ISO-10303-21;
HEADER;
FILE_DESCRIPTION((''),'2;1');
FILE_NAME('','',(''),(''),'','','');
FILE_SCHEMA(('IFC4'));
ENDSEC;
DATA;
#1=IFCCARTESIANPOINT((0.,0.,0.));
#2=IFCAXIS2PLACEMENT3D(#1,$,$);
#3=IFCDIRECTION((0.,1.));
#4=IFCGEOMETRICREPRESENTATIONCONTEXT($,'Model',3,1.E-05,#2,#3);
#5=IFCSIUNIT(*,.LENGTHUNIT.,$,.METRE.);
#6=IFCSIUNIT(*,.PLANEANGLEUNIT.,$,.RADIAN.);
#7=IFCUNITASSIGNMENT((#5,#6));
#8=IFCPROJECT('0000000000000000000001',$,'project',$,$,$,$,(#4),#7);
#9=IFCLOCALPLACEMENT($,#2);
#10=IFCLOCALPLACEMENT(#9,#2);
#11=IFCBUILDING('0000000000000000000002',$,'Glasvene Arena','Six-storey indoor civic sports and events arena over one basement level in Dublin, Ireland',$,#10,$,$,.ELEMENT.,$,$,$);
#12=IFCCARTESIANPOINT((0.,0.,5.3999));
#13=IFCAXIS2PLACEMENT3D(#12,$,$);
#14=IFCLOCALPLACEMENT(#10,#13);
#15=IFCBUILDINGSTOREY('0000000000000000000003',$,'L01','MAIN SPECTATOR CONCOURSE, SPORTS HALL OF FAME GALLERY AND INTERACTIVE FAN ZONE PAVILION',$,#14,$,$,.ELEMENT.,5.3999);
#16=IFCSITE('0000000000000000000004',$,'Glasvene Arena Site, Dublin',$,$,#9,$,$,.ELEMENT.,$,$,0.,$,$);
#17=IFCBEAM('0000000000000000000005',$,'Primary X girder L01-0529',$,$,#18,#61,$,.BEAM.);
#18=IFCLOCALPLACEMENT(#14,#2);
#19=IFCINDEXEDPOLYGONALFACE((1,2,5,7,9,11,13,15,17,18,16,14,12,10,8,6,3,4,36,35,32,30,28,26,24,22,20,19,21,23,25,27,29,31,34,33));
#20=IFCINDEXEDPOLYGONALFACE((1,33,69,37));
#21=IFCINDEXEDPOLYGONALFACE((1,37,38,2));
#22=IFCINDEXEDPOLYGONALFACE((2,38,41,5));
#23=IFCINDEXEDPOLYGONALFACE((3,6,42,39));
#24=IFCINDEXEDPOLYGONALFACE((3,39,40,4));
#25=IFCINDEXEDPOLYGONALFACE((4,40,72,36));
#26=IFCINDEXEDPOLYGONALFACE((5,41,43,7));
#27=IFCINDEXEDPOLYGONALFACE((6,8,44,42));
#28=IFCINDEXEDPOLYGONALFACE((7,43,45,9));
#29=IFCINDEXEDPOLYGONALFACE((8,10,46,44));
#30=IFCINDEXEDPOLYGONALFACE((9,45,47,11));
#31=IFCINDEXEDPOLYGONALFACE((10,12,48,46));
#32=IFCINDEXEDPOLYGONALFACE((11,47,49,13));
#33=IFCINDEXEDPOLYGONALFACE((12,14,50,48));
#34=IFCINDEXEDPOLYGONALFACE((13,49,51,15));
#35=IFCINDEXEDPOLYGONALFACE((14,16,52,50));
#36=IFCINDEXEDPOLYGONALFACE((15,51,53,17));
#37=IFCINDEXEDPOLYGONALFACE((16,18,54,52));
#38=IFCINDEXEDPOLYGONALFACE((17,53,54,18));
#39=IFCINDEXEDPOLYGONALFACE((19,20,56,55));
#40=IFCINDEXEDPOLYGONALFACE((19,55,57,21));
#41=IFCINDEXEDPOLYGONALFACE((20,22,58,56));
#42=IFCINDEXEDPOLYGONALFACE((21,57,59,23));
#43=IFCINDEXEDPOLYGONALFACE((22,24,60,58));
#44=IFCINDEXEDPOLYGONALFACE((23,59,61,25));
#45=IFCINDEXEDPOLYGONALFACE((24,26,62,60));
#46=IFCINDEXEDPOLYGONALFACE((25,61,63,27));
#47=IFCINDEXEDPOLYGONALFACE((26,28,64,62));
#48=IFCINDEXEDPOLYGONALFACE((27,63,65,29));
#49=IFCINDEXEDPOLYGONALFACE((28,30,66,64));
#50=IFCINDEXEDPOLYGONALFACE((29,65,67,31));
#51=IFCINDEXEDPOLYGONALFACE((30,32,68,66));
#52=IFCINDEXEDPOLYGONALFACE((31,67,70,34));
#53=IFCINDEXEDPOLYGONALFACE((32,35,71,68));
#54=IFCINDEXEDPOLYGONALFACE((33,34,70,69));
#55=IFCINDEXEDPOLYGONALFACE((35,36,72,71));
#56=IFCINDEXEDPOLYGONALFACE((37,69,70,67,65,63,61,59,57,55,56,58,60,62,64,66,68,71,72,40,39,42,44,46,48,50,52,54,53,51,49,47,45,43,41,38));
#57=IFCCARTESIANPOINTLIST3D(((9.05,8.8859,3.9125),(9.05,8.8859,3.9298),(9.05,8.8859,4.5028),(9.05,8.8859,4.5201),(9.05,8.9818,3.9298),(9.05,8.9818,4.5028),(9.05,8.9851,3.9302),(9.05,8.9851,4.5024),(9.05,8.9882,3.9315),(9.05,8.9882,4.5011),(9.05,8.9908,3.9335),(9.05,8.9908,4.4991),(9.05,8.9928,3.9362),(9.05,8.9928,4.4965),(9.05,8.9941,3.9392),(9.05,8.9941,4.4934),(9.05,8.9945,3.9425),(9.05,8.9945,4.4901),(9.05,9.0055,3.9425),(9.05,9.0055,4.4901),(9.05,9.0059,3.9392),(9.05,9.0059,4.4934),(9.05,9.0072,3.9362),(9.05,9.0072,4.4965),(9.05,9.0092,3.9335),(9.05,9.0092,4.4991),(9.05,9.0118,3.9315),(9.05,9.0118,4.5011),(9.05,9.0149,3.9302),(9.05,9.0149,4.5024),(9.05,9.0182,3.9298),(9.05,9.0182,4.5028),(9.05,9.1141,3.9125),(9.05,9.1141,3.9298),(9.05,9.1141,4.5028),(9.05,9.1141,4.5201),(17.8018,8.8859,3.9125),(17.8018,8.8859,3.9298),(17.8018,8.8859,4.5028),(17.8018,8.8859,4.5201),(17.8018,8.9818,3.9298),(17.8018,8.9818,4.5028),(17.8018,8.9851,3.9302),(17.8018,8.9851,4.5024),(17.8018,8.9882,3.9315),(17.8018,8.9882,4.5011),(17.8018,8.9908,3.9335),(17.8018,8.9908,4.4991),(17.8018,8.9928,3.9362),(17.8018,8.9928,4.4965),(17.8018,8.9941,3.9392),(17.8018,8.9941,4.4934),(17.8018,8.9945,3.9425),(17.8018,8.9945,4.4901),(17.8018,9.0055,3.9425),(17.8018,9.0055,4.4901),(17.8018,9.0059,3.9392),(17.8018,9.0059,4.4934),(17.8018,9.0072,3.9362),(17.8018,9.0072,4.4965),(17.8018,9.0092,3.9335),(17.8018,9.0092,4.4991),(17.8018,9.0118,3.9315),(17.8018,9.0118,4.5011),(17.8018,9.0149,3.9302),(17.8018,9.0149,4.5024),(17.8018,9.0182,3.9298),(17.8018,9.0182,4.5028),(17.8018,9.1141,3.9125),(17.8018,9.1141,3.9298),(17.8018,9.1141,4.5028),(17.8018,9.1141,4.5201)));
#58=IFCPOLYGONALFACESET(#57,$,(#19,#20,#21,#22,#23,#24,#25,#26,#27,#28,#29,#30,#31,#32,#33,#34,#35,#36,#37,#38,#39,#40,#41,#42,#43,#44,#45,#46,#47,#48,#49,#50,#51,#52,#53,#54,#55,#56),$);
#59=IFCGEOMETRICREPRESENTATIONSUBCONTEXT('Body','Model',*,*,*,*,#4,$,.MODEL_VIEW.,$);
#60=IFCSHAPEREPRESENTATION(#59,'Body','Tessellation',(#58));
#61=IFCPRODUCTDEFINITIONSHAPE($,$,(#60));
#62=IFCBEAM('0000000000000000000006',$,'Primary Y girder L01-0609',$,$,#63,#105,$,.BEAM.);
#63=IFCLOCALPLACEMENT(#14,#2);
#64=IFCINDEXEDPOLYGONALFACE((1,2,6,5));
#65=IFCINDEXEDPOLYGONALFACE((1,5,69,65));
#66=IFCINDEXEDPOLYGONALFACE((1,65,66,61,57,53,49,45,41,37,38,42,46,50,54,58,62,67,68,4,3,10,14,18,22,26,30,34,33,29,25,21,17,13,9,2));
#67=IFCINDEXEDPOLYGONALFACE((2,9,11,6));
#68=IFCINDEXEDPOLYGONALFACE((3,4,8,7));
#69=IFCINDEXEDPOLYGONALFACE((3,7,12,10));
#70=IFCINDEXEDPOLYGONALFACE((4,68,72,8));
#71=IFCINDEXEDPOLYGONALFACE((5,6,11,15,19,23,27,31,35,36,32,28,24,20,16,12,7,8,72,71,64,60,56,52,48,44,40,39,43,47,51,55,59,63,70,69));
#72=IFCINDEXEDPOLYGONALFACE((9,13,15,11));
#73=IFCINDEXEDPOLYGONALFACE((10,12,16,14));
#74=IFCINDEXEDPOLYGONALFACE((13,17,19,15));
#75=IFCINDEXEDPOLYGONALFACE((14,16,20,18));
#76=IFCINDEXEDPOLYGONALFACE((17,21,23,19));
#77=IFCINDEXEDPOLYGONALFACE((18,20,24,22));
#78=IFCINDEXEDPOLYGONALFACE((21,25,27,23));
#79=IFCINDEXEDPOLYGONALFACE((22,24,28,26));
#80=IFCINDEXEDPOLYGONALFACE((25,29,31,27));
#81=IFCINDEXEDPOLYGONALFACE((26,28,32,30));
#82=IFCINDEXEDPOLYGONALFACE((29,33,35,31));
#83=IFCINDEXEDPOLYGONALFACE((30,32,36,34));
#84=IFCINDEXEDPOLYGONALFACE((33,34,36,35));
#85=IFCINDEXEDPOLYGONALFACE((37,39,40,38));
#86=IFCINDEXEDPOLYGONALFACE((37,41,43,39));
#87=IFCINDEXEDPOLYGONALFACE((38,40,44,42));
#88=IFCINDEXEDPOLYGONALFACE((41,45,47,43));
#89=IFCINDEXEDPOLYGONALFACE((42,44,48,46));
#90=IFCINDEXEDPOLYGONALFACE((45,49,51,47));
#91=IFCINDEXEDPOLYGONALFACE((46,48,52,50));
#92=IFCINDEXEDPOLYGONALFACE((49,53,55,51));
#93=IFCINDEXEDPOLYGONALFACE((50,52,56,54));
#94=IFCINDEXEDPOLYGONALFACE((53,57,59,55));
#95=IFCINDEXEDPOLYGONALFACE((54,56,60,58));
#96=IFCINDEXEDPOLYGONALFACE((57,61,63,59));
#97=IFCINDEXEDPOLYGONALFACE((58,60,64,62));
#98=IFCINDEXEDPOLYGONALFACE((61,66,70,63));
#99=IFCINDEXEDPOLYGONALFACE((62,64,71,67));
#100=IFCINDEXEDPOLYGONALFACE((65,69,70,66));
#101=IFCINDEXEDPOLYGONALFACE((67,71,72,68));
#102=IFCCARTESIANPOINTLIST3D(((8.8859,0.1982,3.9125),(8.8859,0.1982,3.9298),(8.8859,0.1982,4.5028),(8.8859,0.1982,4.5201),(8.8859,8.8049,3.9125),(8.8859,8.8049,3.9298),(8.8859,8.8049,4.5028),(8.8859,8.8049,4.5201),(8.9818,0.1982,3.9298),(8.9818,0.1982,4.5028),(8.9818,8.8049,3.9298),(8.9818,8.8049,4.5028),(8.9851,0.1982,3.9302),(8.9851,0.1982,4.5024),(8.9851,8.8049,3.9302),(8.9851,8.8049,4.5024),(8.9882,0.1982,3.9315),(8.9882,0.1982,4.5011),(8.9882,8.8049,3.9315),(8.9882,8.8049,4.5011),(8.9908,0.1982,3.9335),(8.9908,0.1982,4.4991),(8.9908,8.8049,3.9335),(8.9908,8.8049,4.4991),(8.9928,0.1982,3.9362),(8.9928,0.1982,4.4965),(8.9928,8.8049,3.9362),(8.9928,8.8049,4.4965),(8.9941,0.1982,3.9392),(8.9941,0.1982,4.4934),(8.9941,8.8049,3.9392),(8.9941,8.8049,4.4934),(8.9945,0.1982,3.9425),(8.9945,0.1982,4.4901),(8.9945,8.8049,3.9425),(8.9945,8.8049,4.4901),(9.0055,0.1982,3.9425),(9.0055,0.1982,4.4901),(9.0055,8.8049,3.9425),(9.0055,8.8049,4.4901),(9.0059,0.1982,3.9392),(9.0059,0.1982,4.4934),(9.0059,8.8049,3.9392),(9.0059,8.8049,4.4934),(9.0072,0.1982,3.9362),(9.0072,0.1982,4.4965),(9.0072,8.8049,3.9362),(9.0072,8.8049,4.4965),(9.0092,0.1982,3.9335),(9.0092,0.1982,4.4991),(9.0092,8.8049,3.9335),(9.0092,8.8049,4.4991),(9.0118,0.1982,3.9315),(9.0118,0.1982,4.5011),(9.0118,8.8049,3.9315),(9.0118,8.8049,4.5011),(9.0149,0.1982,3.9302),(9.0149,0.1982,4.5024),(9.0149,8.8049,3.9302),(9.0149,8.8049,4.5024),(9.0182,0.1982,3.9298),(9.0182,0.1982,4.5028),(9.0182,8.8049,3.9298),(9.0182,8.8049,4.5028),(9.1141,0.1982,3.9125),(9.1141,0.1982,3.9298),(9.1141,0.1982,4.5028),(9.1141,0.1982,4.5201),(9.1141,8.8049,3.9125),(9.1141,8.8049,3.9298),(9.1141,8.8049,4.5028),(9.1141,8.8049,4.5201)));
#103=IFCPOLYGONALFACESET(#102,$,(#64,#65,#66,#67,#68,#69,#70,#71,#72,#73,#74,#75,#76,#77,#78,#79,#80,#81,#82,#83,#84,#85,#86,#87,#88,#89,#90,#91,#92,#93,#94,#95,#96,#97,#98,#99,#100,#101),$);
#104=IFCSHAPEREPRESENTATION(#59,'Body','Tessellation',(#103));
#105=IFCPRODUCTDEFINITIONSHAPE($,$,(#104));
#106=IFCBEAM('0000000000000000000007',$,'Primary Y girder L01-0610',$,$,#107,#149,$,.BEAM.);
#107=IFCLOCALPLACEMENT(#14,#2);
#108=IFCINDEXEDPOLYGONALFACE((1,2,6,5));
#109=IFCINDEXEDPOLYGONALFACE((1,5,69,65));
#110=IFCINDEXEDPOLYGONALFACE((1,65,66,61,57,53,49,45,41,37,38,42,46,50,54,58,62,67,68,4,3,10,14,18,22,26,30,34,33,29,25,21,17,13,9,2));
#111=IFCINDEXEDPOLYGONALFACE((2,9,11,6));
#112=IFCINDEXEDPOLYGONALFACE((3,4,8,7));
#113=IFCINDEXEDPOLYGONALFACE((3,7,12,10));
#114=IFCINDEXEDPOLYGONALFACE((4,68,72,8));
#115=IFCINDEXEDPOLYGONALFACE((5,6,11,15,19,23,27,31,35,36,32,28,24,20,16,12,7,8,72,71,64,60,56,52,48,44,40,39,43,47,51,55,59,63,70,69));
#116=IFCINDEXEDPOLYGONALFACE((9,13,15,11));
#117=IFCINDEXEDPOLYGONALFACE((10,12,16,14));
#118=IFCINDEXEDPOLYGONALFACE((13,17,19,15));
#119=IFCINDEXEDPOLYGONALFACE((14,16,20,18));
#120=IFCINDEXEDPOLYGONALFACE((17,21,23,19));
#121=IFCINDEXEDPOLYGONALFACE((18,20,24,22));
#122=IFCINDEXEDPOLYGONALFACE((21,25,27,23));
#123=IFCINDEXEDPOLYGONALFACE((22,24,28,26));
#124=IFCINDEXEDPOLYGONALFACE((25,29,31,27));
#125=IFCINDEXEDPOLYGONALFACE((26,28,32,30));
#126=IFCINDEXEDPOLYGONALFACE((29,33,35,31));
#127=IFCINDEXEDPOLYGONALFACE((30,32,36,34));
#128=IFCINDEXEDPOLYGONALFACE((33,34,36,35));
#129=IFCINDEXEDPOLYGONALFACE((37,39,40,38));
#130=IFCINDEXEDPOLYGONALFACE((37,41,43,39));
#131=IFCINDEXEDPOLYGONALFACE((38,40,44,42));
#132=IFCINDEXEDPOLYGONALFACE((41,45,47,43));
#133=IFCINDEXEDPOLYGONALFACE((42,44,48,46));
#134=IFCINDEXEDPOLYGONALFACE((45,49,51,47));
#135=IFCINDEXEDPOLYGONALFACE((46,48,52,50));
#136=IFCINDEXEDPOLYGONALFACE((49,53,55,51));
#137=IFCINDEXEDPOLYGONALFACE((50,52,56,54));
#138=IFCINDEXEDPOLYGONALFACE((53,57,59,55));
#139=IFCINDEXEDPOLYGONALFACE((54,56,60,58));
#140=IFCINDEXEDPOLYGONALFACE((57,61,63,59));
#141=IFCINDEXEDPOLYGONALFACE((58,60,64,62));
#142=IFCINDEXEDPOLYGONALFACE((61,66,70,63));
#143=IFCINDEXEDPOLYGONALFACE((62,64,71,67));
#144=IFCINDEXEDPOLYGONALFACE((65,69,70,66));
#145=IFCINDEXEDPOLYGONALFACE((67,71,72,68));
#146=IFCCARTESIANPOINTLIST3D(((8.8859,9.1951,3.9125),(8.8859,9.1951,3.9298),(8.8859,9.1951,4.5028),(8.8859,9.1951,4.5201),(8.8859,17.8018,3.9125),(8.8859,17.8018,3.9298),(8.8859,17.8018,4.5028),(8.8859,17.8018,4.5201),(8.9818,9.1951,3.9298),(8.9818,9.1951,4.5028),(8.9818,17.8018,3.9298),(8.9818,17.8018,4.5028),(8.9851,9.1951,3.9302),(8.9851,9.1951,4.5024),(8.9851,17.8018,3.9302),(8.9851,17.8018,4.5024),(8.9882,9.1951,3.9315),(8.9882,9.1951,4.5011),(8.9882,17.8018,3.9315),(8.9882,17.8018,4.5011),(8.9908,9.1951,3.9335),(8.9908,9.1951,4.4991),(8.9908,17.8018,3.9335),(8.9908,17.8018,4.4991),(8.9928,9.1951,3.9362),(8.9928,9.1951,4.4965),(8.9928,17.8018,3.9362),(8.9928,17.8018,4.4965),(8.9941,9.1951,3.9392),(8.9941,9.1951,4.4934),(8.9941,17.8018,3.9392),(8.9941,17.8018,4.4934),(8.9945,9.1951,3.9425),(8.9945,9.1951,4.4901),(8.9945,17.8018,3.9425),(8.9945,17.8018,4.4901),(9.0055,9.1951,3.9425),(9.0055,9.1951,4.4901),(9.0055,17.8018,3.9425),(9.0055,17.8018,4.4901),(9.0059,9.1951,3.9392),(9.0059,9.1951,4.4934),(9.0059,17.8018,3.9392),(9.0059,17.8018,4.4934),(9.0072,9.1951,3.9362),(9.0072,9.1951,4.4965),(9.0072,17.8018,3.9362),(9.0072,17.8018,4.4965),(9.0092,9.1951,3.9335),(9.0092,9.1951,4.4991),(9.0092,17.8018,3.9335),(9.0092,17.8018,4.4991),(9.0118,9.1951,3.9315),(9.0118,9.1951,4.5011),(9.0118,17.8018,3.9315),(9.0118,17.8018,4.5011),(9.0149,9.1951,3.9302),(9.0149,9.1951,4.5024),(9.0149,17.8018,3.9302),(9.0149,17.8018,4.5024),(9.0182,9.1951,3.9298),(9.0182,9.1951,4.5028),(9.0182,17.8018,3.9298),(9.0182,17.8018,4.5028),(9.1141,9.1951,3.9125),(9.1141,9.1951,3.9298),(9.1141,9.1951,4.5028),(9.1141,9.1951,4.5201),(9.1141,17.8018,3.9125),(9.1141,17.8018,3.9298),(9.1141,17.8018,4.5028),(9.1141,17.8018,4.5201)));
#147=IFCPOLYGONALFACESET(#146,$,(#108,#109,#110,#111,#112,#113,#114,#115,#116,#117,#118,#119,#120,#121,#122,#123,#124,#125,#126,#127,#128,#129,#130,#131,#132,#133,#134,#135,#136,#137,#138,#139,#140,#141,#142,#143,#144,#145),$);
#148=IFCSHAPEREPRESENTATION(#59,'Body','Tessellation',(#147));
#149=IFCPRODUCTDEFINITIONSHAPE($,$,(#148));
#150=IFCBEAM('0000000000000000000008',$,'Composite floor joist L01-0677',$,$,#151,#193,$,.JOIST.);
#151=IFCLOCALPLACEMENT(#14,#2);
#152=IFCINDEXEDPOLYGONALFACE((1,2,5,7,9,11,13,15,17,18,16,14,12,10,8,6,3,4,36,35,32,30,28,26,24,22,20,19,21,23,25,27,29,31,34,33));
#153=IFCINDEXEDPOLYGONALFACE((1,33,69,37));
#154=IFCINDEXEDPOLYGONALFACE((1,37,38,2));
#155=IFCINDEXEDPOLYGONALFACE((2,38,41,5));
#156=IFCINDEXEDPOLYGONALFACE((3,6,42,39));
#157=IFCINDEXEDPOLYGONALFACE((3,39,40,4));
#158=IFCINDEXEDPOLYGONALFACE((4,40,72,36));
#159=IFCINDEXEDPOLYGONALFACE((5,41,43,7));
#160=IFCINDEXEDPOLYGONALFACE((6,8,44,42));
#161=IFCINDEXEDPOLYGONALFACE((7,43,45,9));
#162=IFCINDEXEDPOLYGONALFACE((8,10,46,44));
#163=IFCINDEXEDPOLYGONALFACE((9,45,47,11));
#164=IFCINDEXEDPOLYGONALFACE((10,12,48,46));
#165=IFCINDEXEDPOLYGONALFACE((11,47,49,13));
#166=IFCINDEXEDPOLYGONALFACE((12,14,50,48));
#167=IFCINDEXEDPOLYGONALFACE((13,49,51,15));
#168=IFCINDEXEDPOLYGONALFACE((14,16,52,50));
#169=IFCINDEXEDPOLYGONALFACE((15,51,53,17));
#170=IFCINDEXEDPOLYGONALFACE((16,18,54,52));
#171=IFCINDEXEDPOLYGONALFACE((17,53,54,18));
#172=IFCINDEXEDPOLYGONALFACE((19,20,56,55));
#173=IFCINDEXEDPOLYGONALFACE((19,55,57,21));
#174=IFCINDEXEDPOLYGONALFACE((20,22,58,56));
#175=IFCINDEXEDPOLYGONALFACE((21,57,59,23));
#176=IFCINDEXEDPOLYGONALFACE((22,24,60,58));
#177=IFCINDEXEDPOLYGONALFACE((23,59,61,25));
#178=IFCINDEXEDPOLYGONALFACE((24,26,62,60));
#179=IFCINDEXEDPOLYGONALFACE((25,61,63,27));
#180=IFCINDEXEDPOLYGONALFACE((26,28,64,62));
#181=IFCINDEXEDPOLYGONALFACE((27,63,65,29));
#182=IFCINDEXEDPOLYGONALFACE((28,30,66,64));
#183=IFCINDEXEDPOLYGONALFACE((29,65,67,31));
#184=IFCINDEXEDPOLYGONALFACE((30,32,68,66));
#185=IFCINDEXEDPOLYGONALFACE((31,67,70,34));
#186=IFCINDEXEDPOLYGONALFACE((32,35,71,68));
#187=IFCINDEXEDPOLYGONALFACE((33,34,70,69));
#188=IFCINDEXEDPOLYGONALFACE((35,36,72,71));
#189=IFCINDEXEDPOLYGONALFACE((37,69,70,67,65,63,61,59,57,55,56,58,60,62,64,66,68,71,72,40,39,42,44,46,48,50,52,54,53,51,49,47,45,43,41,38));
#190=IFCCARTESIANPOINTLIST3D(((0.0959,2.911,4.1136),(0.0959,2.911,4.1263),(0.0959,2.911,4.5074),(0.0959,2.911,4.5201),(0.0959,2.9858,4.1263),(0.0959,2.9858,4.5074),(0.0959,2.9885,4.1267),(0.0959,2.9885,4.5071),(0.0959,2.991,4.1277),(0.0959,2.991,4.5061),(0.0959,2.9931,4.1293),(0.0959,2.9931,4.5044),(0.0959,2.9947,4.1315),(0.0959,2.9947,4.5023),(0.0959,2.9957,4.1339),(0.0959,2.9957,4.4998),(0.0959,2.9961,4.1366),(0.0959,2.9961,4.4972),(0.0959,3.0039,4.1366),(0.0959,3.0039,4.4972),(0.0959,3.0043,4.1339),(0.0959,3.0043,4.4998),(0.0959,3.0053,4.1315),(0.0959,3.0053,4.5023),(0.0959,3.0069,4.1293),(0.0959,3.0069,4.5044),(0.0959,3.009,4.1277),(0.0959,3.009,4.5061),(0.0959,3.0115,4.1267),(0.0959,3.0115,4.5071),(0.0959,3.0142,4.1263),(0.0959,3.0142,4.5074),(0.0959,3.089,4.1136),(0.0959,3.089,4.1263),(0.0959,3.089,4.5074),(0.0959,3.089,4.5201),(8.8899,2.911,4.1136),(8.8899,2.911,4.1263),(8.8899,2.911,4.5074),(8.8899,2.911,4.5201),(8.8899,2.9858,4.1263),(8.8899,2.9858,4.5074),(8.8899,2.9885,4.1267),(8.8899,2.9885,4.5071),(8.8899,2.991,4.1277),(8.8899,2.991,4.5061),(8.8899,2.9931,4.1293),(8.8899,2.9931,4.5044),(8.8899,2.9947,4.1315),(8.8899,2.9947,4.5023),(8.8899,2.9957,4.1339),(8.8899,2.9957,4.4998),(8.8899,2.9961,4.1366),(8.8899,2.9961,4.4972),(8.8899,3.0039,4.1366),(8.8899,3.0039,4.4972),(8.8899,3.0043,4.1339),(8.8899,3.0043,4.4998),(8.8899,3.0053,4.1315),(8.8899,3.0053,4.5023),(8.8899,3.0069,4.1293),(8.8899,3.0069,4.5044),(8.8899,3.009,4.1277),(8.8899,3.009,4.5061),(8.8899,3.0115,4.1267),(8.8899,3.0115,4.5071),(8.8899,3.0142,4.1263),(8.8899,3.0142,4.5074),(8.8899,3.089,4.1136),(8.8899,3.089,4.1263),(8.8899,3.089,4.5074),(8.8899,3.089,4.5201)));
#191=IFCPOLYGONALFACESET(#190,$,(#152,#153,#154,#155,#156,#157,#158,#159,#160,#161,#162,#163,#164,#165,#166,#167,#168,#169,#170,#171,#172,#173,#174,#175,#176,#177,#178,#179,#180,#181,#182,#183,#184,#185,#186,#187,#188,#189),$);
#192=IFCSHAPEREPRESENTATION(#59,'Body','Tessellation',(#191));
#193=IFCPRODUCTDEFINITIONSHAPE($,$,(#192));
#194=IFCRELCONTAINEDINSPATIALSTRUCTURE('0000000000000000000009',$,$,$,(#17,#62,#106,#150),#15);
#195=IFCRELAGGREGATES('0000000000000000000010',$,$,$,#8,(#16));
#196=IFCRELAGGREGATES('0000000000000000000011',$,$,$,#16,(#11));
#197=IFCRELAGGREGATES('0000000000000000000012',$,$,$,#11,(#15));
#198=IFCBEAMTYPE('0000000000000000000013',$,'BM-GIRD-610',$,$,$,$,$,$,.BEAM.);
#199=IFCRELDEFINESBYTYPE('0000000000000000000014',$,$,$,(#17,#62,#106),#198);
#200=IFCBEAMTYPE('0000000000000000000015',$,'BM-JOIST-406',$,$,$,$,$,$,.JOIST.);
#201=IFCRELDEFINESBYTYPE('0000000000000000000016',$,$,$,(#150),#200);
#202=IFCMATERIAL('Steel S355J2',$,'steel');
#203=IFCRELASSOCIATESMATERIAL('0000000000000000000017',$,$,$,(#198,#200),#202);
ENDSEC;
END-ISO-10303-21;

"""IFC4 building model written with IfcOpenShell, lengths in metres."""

from ifc_helpers import new_model, si_unit, direction, frame, origin, origin_2d, place, context, subcontext, project, spatial, i_section, extrude, material, material_profile, profile_set, type_object, element, save


model = new_model("IFC4")

# Units and contexts
model_context = context("Model", 3, precision=1e-05, world=origin(), true_north=direction((0.0, 1.0)))
body_context = subcontext(model_context, "Body", "Model", "MODEL_VIEW")
ifc_project = project(units=[si_unit("LENGTHUNIT", "METRE"), si_unit("PLANEANGLEUNIT", "RADIAN")], contexts=[model_context])

# Site, building, storey
site_placement = place(None, origin())
site = spatial("IfcSite", under=ifc_project, at=site_placement, Name="Glasvene Arena Site, Dublin", CompositionType="ELEMENT", RefElevation=0.0)
building_placement = place(site_placement, origin())
building = spatial("IfcBuilding", under=site, at=building_placement, Name="Glasvene Arena", Description="Six-storey indoor civic sports and events arena over one basement level in Dublin, Ireland", CompositionType="ELEMENT")
storey_placement = place(building_placement, frame((0.0, 0.0, 5.3999)))
storey = spatial("IfcBuildingStorey", under=building, at=storey_placement, Name="L01", Description="MAIN SPECTATOR CONCOURSE, SPORTS HALL OF FAME GALLERY AND INTERACTIVE FAN ZONE PAVILION", CompositionType="ELEMENT", Elevation=5.3999)

# Shared definitions
ifc_material_1 = material(Name="Steel S355J2", Category="steel")

# Beams
ifc_material_profile_1 = material_profile(ifc_material_1, i_section(OverallWidth=0.2283, OverallDepth=0.6077, WebThickness=0.011, FlangeThickness=0.0173, FilletRadius=0.0127, at=origin_2d()), Name="UKB 610x229x113")
ifc_profile_set_1 = profile_set([ifc_material_profile_1], Name="Steel S355J2")
beam_type_1 = type_object("IfcBeamType", Name="BM-GIRD-610", PredefinedType="BEAM", material=ifc_profile_set_1)
for number, where, z_axis, x_axis, name in (
    (1, (9.05, 9.0, 4.2163), (1.0, 0.0, 0.0), (0.0, 1.0, 0.0), "Primary X girder L01-0529"),
):
    element("IfcBeam", number, at=place(storey_placement, frame(where, z_axis=z_axis, x_axis=x_axis)), inside=storey, type_object=beam_type_1, Name=name, PredefinedType="BEAM", context=body_context, shape_type="SweptSolid", body=[
        extrude(i_section(OverallWidth=0.2283, OverallDepth=0.6077, WebThickness=0.011, FlangeThickness=0.0173, FilletRadius=0.0127, at=origin_2d()), origin(), (0.0, 0.0, 1.0), 8.7517),
    ])
for number, where, z_axis, x_axis, name in (
    (2, (9.0, 0.1982, 4.2163), (0.0, 1.0, 0.0), (-1.0, 0.0, 0.0), "Primary Y girder L01-0609"),
    (3, (9.0, 9.1951, 4.2163), (0.0, 1.0, 0.0), (-1.0, 0.0, 0.0), "Primary Y girder L01-0610"),
):
    element("IfcBeam", number, at=place(storey_placement, frame(where, z_axis=z_axis, x_axis=x_axis)), inside=storey, type_object=beam_type_1, Name=name, PredefinedType="BEAM", context=body_context, shape_type="SweptSolid", body=[
        extrude(i_section(OverallWidth=0.2283, OverallDepth=0.6077, WebThickness=0.011, FlangeThickness=0.0173, FilletRadius=0.0127, at=origin_2d()), origin(), (0.0, 0.0, 1.0), 8.6067),
    ])
ifc_material_profile_2 = material_profile(ifc_material_1, i_section(OverallWidth=0.178, OverallDepth=0.4065, WebThickness=0.0078, FlangeThickness=0.0127, FilletRadius=0.0103, at=origin_2d()), Name="UKB 406x178x60")
ifc_profile_set_2 = profile_set([ifc_material_profile_2], Name="Steel S355J2")
beam_type_2 = type_object("IfcBeamType", Name="BM-JOIST-406", PredefinedType="JOIST", material=ifc_profile_set_2)
for number, where, z_axis, x_axis, name in (
    (4, (0.0959, 3.0, 4.3169), (1.0, 0.0, 0.0), (0.0, 1.0, 0.0), "Composite floor joist L01-0677"),
):
    element("IfcBeam", number, at=place(storey_placement, frame(where, z_axis=z_axis, x_axis=x_axis)), inside=storey, type_object=beam_type_2, Name=name, PredefinedType="JOIST", context=body_context, shape_type="SweptSolid", body=[
        extrude(i_section(OverallWidth=0.178, OverallDepth=0.4065, WebThickness=0.0078, FlangeThickness=0.0127, FilletRadius=0.0103, at=origin_2d()), origin(), (0.0, 0.0, 1.0), 8.7939),
    ])

save(model, "model.ifc")
